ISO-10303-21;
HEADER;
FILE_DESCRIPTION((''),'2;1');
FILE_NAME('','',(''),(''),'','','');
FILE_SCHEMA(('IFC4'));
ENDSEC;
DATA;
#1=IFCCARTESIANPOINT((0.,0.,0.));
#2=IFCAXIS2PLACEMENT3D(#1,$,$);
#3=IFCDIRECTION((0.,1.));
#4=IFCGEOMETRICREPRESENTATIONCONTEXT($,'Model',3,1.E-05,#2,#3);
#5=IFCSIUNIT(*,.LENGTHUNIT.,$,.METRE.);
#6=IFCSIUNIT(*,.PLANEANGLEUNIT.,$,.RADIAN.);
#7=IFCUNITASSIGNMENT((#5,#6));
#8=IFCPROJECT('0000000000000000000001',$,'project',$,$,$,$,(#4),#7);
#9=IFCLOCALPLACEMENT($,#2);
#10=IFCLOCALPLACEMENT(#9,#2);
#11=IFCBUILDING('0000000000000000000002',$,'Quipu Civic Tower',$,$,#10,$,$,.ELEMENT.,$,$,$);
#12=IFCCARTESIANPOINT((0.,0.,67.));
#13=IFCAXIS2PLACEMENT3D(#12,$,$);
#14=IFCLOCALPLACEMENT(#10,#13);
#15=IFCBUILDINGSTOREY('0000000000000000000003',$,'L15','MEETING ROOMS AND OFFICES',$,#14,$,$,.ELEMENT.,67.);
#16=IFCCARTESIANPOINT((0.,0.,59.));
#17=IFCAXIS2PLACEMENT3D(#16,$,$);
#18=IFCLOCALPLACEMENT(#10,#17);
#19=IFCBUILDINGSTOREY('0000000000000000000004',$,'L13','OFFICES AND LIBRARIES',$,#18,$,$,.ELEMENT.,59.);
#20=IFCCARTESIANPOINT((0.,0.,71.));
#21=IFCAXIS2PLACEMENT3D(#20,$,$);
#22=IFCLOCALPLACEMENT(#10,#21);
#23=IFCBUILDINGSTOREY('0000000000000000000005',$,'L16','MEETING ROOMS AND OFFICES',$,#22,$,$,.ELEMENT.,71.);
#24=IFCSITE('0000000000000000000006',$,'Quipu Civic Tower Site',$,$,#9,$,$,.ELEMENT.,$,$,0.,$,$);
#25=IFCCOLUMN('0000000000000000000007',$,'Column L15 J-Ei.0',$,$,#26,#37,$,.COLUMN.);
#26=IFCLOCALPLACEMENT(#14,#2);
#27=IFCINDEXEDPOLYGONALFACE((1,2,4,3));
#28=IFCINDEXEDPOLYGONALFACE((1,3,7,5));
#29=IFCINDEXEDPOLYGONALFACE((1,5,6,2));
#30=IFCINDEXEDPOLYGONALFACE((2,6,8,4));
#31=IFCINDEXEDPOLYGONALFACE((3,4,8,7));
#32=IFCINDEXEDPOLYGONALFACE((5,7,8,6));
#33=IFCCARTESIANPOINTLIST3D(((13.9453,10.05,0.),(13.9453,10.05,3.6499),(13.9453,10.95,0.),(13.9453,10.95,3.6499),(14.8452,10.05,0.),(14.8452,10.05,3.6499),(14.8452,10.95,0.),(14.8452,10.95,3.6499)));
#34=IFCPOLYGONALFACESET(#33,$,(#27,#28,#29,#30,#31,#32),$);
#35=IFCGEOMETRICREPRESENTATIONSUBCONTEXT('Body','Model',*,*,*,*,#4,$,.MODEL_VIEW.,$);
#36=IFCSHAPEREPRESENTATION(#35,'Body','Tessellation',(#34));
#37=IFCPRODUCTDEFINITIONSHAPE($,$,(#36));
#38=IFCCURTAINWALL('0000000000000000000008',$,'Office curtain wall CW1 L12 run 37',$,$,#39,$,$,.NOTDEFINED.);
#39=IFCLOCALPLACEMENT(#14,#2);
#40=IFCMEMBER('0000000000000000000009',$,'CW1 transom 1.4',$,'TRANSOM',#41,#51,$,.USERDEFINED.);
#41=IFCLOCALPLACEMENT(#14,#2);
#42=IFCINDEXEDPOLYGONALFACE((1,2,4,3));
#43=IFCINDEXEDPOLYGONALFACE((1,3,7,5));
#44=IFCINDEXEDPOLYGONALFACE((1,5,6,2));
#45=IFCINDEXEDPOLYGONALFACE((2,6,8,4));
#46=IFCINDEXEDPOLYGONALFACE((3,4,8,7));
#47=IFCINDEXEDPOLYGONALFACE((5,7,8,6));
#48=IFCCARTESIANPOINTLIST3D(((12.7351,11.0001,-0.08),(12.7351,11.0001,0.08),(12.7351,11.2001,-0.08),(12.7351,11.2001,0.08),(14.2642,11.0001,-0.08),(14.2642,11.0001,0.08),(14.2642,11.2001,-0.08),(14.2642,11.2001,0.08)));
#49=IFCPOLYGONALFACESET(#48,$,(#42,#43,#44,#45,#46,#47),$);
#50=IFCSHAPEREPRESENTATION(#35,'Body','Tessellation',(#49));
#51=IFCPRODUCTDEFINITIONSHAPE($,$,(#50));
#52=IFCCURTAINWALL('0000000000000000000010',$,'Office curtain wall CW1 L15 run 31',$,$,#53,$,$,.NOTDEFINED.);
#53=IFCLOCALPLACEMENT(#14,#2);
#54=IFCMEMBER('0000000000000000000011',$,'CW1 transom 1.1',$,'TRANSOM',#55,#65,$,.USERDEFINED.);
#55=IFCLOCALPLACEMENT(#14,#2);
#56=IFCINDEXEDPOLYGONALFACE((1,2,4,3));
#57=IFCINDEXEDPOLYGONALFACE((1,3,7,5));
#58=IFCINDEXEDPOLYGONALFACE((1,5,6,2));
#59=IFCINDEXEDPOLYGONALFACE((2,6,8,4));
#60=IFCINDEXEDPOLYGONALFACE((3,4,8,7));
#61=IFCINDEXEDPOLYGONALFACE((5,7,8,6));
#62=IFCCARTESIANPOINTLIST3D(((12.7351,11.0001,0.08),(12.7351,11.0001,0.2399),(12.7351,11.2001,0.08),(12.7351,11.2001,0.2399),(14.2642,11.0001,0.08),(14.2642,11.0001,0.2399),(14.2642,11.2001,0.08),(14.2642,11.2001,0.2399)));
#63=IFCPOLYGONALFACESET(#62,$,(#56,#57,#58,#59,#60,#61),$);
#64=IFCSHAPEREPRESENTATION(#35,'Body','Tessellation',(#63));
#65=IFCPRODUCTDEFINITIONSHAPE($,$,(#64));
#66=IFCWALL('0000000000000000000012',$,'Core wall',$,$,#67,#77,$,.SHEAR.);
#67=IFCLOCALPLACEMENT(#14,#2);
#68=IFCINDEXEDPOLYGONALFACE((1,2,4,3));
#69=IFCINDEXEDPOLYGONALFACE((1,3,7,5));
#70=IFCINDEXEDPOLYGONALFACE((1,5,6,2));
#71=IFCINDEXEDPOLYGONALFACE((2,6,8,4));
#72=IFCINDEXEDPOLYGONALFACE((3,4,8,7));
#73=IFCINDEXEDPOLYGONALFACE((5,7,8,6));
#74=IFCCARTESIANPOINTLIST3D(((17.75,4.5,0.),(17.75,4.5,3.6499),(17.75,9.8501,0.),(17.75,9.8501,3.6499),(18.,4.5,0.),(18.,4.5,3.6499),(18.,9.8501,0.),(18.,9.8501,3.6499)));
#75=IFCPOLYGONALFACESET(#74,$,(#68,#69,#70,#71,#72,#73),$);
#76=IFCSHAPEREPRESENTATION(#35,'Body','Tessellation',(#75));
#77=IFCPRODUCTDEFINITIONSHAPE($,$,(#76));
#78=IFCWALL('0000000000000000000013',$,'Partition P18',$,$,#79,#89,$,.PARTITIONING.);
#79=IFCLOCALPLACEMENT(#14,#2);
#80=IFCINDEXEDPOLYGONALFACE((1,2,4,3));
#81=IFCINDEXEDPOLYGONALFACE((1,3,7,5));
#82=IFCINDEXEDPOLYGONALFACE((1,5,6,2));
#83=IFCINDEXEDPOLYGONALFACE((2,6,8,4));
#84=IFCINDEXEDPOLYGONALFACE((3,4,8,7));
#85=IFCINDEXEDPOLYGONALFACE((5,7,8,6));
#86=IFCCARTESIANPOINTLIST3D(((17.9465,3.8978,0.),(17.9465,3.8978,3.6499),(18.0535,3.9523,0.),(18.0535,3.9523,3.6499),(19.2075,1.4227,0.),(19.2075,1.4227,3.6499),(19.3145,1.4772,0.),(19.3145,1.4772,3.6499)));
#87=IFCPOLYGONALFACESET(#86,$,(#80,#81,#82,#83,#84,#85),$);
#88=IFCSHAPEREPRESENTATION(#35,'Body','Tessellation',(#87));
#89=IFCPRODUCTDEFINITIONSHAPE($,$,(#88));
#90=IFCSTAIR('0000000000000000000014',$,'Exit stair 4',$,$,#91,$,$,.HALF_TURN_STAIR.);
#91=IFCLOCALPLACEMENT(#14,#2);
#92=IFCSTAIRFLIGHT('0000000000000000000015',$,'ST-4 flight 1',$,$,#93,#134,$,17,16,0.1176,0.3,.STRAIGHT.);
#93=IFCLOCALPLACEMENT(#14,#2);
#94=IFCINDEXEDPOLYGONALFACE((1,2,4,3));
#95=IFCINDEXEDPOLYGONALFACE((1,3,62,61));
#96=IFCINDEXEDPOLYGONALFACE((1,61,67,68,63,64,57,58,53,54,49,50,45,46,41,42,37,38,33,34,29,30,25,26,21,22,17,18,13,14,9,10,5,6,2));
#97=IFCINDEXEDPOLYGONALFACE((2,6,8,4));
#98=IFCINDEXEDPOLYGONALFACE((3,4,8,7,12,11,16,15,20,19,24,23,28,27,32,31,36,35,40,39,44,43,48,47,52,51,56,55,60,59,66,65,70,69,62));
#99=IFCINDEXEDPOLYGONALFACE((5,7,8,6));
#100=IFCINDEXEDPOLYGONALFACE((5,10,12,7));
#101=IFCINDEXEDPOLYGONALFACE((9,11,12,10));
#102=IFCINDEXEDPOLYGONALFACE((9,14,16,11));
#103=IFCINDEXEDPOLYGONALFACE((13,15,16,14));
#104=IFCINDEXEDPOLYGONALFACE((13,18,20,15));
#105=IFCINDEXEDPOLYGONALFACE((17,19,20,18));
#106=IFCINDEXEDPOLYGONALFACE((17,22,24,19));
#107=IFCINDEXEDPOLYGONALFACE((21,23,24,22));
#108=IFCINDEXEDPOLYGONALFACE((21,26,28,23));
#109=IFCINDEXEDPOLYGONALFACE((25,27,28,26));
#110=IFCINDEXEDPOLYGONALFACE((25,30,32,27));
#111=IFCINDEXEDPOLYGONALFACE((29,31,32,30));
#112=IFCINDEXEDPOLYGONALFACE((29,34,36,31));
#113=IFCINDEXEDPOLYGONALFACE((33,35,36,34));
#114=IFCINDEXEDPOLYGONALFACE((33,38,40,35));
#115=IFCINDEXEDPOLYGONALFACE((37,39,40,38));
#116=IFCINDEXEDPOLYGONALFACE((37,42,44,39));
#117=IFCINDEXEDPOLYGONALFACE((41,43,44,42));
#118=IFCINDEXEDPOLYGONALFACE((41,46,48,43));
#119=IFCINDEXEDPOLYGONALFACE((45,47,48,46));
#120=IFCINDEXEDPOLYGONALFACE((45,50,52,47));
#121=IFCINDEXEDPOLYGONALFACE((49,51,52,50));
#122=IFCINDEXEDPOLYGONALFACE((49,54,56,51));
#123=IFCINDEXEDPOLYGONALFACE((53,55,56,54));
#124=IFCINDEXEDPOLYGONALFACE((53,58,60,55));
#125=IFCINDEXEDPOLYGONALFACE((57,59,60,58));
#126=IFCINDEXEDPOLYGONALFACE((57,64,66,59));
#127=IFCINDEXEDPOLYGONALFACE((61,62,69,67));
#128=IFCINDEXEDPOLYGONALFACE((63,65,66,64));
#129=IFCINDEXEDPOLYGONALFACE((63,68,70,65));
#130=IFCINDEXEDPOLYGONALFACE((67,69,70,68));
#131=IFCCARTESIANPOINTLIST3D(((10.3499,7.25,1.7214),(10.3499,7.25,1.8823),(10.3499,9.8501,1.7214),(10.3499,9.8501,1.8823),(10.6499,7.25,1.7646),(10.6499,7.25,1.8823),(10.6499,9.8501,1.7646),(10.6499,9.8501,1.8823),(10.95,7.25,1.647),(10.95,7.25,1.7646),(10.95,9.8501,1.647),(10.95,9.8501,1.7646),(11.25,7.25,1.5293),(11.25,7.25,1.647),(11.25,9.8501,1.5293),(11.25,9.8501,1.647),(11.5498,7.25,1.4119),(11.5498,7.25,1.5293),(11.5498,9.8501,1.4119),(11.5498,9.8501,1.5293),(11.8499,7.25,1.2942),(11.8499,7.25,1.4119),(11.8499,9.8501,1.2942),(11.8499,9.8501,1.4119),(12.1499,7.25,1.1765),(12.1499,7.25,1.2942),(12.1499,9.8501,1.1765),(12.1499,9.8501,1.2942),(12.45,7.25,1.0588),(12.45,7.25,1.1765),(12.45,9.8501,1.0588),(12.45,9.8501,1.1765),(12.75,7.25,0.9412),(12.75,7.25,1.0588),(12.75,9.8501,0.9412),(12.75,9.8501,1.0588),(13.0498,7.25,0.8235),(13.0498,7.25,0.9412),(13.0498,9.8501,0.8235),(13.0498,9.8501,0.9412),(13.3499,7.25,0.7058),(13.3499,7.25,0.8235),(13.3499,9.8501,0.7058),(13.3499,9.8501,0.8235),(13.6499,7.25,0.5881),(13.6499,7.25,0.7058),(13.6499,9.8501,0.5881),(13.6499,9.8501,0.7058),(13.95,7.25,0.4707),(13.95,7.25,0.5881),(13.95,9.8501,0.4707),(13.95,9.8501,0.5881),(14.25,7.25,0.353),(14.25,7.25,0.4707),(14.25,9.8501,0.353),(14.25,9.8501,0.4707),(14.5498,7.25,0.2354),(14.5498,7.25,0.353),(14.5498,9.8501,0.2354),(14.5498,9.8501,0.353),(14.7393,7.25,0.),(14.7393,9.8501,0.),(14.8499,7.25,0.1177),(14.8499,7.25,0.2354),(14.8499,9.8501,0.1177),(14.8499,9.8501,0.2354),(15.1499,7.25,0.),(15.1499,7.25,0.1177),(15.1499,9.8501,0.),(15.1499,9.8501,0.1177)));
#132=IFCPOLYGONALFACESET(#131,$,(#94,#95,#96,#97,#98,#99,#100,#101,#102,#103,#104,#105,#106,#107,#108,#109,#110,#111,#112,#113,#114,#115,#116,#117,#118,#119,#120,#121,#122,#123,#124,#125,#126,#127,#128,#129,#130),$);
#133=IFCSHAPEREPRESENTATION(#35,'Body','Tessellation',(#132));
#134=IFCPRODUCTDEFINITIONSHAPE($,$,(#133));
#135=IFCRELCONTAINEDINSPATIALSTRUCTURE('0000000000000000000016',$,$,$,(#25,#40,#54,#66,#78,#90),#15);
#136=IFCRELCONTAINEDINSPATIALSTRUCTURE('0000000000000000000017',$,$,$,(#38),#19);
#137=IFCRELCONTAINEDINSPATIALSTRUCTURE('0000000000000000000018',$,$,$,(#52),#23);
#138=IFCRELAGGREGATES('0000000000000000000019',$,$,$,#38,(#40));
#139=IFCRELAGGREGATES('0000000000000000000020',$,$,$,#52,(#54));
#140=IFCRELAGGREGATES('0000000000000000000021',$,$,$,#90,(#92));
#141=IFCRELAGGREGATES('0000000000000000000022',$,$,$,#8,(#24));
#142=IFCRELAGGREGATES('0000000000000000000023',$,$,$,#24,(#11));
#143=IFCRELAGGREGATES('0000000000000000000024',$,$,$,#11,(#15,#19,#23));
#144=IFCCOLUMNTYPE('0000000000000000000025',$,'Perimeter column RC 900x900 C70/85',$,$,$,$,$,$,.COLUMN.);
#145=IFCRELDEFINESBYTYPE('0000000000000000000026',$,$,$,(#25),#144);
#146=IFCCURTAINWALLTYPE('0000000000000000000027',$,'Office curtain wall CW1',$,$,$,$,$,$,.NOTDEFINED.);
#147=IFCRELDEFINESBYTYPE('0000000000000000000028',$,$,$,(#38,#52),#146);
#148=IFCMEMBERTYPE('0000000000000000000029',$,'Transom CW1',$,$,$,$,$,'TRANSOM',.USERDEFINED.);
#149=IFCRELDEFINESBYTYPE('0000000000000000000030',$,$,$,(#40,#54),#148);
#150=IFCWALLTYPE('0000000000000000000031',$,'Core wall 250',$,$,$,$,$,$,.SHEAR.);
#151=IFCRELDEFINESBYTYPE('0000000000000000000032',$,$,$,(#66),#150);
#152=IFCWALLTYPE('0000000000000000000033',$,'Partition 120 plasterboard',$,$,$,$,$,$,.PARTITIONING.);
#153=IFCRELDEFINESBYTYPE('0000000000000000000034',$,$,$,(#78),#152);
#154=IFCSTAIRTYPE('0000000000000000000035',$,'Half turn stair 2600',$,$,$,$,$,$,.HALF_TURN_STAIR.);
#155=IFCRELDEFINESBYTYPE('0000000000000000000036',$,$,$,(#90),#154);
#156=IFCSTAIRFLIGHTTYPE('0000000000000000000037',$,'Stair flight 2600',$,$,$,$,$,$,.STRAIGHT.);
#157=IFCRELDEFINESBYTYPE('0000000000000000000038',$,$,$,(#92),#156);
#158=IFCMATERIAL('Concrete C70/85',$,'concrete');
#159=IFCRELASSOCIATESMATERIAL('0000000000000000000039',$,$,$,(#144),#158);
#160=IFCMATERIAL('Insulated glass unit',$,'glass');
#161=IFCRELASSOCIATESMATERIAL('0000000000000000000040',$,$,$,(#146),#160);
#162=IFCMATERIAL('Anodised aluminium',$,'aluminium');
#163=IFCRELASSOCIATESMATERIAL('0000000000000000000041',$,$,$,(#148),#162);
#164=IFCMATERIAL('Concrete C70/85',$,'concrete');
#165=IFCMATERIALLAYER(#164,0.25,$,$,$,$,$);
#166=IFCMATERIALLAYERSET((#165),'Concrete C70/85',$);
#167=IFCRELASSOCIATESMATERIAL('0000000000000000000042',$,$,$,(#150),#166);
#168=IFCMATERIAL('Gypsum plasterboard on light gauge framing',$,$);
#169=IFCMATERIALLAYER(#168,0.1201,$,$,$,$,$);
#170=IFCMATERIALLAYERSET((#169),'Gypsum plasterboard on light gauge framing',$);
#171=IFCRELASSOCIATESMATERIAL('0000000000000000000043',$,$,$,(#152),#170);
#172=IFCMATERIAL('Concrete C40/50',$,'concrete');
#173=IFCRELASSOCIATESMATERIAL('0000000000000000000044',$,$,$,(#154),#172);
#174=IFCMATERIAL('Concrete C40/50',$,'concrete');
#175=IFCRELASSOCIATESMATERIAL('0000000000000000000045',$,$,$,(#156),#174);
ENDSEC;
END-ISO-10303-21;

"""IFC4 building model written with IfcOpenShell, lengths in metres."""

from ifc_helpers import new_model, si_unit, direction, frame, frame_2d, origin, origin_2d, place, context, subcontext, project, spatial, polyline, rectangle, outline, extrude, material, layer, layer_set, material_profile, profile_set, type_object, element, aggregate, save


model = new_model("IFC4")

# Units and contexts
model_context = context("Model", 3, precision=1e-05, world=origin(), true_north=direction((0.0, 1.0)))
body_context = subcontext(model_context, "Body", "Model", "MODEL_VIEW")
ifc_project = project(units=[si_unit("LENGTHUNIT", "METRE"), si_unit("PLANEANGLEUNIT", "RADIAN")], contexts=[model_context])

# Site, building, storey
site_placement = place(None, origin())
site = spatial("IfcSite", under=ifc_project, at=site_placement, Name="Quipu Civic Tower Site", CompositionType="ELEMENT", RefElevation=0.0)
building_placement = place(site_placement, origin())
building = spatial("IfcBuilding", under=site, at=building_placement, Name="Quipu Civic Tower", CompositionType="ELEMENT")
storey_1_placement = place(building_placement, frame((0.0, 0.0, 67.0)))
storey_1 = spatial("IfcBuildingStorey", under=building, at=storey_1_placement, Name="L15", Description="MEETING ROOMS AND OFFICES", CompositionType="ELEMENT", Elevation=67.0)

# Column
ifc_material_1 = material(Name="Concrete C70/85", Category="concrete")
ifc_material_profile_1 = material_profile(ifc_material_1, rectangle(XDim=0.8999, YDim=0.8999, at=origin_2d()), Name="RC900x900")
ifc_profile_set_1 = profile_set([ifc_material_profile_1], Name="Concrete C70/85")
column_type = type_object("IfcColumnType", Name="Perimeter column RC 900x900 C70/85", PredefinedType="COLUMN", material=ifc_profile_set_1)
column_placement = place(storey_1_placement, frame((14.3953, 10.5, 0.0), z_axis=(0.0, 0.0, 1.0), x_axis=(-1.0, 0.0, 0.0)))
element("IfcColumn", 1, at=column_placement, inside=storey_1, type_object=column_type, Name="Column L15 J-Ei.0", PredefinedType="COLUMN", context=body_context, shape_type="SweptSolid", body=[
    extrude(rectangle(XDim=0.8999, YDim=0.8999, at=origin_2d()), origin(), (0.0, 0.0, 1.0), 3.6499),
])

# Shared definitions
storey_2_placement = place(building_placement, frame((0.0, 0.0, 59.0)))
storey_2 = spatial("IfcBuildingStorey", under=building, at=storey_2_placement, Name="L13", Description="OFFICES AND LIBRARIES", CompositionType="ELEMENT", Elevation=59.0)

# Curtain wall, member
ifc_material_2 = material(Name="Insulated glass unit", Category="glass")
curtain_wall_type = type_object("IfcCurtainWallType", Name="Office curtain wall CW1", PredefinedType="NOTDEFINED", material=ifc_material_2)
curtain_wall_1_placement = place(storey_2_placement, origin())
curtain_wall_1 = element("IfcCurtainWall", 2, at=curtain_wall_1_placement, inside=storey_2, type_object=curtain_wall_type, Name="Office curtain wall CW1 L12 run 37", PredefinedType="NOTDEFINED")
ifc_material_3 = material(Name="Anodised aluminium", Category="aluminium")
ifc_material_profile_2 = material_profile(ifc_material_3, rectangle(XDim=0.2, YDim=0.1599, at=origin_2d()), Name="RECT 200x160")
ifc_profile_set_2 = profile_set([ifc_material_profile_2], Name="Anodised aluminium")
member_type = type_object("IfcMemberType", Name="Transom CW1", ElementType="TRANSOM", PredefinedType="USERDEFINED", material=ifc_profile_set_2)
member_1_placement = place(storey_1_placement, frame((14.2642, 11.1001, 0.0), z_axis=(-1.0, 0.0, 0.0), x_axis=(0.0, -1.0, 0.0)))
member_1 = element("IfcMember", 3, at=member_1_placement, inside=storey_1, type_object=member_type, Name="CW1 transom 1.4", ObjectType="TRANSOM", PredefinedType="USERDEFINED", context=body_context, shape_type="SweptSolid", body=[
    extrude(rectangle(XDim=0.2, YDim=0.1599, at=origin_2d()), origin(), (0.0, 0.0, 1.0), 1.5291),
])
aggregate(curtain_wall_1, [member_1])

# Shared definitions
storey_3_placement = place(building_placement, frame((0.0, 0.0, 71.0)))
storey_3 = spatial("IfcBuildingStorey", under=building, at=storey_3_placement, Name="L16", Description="MEETING ROOMS AND OFFICES", CompositionType="ELEMENT", Elevation=71.0)

# Curtain wall, member
curtain_wall_2_placement = place(storey_3_placement, origin())
curtain_wall_2 = element("IfcCurtainWall", 4, at=curtain_wall_2_placement, inside=storey_3, type_object=curtain_wall_type, Name="Office curtain wall CW1 L15 run 31", PredefinedType="NOTDEFINED")
member_2_placement = place(storey_1_placement, frame((14.2642, 11.1001, 0.1599), z_axis=(-1.0, 0.0, 0.0), x_axis=(0.0, -1.0, 0.0)))
member_2 = element("IfcMember", 5, at=member_2_placement, inside=storey_1, type_object=member_type, Name="CW1 transom 1.1", ObjectType="TRANSOM", PredefinedType="USERDEFINED", context=body_context, shape_type="SweptSolid", body=[
    extrude(rectangle(XDim=0.2, YDim=0.1599, at=origin_2d()), origin(), (0.0, 0.0, 1.0), 1.5291),
])
aggregate(curtain_wall_2, [member_2])

# Walls
ifc_material_4 = material(Name="Concrete C70/85", Category="concrete")
ifc_layer_1 = layer(ifc_material_4, 0.25)
ifc_layer_set_1 = layer_set([ifc_layer_1], Name="Concrete C70/85")
wall_type_1 = type_object("IfcWallType", Name="Core wall 250", PredefinedType="SHEAR", material=ifc_layer_set_1)
wall_1_placement = place(storey_1_placement, frame((17.875, 4.5, 0.0), z_axis=(0.0, 0.0, 1.0), x_axis=(0.0, 1.0, 0.0)))
element("IfcWall", 6, at=wall_1_placement, inside=storey_1, type_object=wall_type_1, Name="Core wall", PredefinedType="SHEAR", context=body_context, shape_type="SweptSolid", body=[
    extrude(rectangle(XDim=5.3501, YDim=0.25, at=frame_2d((2.675, 0.0))), origin(), (0.0, 0.0, 1.0), 3.6499),
])
ifc_material_5 = material(Name="Gypsum plasterboard on light gauge framing")
ifc_layer_2 = layer(ifc_material_5, 0.1201)
ifc_layer_set_2 = layer_set([ifc_layer_2], Name="Gypsum plasterboard on light gauge framing")
wall_type_2 = type_object("IfcWallType", Name="Partition 120 plasterboard", PredefinedType="PARTITIONING", material=ifc_layer_set_2)
wall_2_placement = place(storey_1_placement, frame((18.0, 3.925, 0.0), z_axis=(0.0, 0.0, 1.0), x_axis=(0.453951, -0.891027, 0.0)))
element("IfcWall", 7, at=wall_2_placement, inside=storey_1, type_object=wall_type_2, Name="Partition P18", PredefinedType="PARTITIONING", context=body_context, shape_type="SweptSolid", body=[
    extrude(rectangle(XDim=2.7778, YDim=0.1201, at=frame_2d((1.3889, 0.0))), origin(), (0.0, 0.0, 1.0), 3.6499),
])

# Stair, stair flight
ifc_material_6 = material(Name="Concrete C40/50", Category="concrete")
stair_type = type_object("IfcStairType", Name="Half turn stair 2600", PredefinedType="HALF_TURN_STAIR", material=ifc_material_6)
stair_placement = place(storey_1_placement, origin())
stair = element("IfcStair", 8, at=stair_placement, inside=storey_1, type_object=stair_type, Name="Exit stair 4", PredefinedType="HALF_TURN_STAIR")
ifc_material_7 = material(Name="Concrete C40/50", Category="concrete")
stair_flight_type = type_object("IfcStairFlightType", Name="Stair flight 2600", PredefinedType="STRAIGHT", material=ifc_material_7)
stair_flight_placement = place(storey_1_placement, frame((15.1499, 8.55, 0.0), z_axis=(0.0, 0.0, 1.0), x_axis=(-1.0, 0.0, 0.0)))
stair_flight = element("IfcStairFlight", 9, at=stair_flight_placement, type_object=stair_flight_type, Name="ST-4 flight 1", NumberOfRisers=17, NumberOfTreads=16, PredefinedType="STRAIGHT", RiserHeight=0.1176, TreadLength=0.3, context=body_context, shape_type="SweptSolid", body=[
    extrude(outline(polyline([(0.0, 0.0), (0.0, 0.1177), (0.3, 0.1177), (0.3, 0.2354), (0.6001, 0.2354), (0.6001, 0.353), (0.8999, 0.353), (0.8999, 0.4707), (1.2, 0.4707), (1.2, 0.5881), (1.5, 0.5881), (1.5, 0.7058), (1.8, 0.7058), (1.8, 0.8235), (2.1001, 0.8235), (2.1001, 0.9412), (2.3999, 0.9412), (2.3999, 1.0588), (2.7, 1.0588), (2.7, 1.1765), (3.0, 1.1765), (3.0, 1.2942), (3.3, 1.2942), (3.3, 1.4119), (3.6001, 1.4119), (3.6001, 1.5293), (3.8999, 1.5293), (3.8999, 1.647), (4.2, 1.647), (4.2, 1.7646), (4.5, 1.7646), (4.5, 1.8823), (4.8, 1.8823), (4.8, 2.0), (4.8, 1.7214), (0.4106, 0.0), (0.0, 0.0)])), frame((0.0, 1.3, 0.0), z_axis=(0.0, -1.0, 0.0), x_axis=(1.0, 0.0, 0.0)), (0.0, 0.0, 1.0), 2.6001),
])
aggregate(stair, [stair_flight])

save(model, "model.ifc")
